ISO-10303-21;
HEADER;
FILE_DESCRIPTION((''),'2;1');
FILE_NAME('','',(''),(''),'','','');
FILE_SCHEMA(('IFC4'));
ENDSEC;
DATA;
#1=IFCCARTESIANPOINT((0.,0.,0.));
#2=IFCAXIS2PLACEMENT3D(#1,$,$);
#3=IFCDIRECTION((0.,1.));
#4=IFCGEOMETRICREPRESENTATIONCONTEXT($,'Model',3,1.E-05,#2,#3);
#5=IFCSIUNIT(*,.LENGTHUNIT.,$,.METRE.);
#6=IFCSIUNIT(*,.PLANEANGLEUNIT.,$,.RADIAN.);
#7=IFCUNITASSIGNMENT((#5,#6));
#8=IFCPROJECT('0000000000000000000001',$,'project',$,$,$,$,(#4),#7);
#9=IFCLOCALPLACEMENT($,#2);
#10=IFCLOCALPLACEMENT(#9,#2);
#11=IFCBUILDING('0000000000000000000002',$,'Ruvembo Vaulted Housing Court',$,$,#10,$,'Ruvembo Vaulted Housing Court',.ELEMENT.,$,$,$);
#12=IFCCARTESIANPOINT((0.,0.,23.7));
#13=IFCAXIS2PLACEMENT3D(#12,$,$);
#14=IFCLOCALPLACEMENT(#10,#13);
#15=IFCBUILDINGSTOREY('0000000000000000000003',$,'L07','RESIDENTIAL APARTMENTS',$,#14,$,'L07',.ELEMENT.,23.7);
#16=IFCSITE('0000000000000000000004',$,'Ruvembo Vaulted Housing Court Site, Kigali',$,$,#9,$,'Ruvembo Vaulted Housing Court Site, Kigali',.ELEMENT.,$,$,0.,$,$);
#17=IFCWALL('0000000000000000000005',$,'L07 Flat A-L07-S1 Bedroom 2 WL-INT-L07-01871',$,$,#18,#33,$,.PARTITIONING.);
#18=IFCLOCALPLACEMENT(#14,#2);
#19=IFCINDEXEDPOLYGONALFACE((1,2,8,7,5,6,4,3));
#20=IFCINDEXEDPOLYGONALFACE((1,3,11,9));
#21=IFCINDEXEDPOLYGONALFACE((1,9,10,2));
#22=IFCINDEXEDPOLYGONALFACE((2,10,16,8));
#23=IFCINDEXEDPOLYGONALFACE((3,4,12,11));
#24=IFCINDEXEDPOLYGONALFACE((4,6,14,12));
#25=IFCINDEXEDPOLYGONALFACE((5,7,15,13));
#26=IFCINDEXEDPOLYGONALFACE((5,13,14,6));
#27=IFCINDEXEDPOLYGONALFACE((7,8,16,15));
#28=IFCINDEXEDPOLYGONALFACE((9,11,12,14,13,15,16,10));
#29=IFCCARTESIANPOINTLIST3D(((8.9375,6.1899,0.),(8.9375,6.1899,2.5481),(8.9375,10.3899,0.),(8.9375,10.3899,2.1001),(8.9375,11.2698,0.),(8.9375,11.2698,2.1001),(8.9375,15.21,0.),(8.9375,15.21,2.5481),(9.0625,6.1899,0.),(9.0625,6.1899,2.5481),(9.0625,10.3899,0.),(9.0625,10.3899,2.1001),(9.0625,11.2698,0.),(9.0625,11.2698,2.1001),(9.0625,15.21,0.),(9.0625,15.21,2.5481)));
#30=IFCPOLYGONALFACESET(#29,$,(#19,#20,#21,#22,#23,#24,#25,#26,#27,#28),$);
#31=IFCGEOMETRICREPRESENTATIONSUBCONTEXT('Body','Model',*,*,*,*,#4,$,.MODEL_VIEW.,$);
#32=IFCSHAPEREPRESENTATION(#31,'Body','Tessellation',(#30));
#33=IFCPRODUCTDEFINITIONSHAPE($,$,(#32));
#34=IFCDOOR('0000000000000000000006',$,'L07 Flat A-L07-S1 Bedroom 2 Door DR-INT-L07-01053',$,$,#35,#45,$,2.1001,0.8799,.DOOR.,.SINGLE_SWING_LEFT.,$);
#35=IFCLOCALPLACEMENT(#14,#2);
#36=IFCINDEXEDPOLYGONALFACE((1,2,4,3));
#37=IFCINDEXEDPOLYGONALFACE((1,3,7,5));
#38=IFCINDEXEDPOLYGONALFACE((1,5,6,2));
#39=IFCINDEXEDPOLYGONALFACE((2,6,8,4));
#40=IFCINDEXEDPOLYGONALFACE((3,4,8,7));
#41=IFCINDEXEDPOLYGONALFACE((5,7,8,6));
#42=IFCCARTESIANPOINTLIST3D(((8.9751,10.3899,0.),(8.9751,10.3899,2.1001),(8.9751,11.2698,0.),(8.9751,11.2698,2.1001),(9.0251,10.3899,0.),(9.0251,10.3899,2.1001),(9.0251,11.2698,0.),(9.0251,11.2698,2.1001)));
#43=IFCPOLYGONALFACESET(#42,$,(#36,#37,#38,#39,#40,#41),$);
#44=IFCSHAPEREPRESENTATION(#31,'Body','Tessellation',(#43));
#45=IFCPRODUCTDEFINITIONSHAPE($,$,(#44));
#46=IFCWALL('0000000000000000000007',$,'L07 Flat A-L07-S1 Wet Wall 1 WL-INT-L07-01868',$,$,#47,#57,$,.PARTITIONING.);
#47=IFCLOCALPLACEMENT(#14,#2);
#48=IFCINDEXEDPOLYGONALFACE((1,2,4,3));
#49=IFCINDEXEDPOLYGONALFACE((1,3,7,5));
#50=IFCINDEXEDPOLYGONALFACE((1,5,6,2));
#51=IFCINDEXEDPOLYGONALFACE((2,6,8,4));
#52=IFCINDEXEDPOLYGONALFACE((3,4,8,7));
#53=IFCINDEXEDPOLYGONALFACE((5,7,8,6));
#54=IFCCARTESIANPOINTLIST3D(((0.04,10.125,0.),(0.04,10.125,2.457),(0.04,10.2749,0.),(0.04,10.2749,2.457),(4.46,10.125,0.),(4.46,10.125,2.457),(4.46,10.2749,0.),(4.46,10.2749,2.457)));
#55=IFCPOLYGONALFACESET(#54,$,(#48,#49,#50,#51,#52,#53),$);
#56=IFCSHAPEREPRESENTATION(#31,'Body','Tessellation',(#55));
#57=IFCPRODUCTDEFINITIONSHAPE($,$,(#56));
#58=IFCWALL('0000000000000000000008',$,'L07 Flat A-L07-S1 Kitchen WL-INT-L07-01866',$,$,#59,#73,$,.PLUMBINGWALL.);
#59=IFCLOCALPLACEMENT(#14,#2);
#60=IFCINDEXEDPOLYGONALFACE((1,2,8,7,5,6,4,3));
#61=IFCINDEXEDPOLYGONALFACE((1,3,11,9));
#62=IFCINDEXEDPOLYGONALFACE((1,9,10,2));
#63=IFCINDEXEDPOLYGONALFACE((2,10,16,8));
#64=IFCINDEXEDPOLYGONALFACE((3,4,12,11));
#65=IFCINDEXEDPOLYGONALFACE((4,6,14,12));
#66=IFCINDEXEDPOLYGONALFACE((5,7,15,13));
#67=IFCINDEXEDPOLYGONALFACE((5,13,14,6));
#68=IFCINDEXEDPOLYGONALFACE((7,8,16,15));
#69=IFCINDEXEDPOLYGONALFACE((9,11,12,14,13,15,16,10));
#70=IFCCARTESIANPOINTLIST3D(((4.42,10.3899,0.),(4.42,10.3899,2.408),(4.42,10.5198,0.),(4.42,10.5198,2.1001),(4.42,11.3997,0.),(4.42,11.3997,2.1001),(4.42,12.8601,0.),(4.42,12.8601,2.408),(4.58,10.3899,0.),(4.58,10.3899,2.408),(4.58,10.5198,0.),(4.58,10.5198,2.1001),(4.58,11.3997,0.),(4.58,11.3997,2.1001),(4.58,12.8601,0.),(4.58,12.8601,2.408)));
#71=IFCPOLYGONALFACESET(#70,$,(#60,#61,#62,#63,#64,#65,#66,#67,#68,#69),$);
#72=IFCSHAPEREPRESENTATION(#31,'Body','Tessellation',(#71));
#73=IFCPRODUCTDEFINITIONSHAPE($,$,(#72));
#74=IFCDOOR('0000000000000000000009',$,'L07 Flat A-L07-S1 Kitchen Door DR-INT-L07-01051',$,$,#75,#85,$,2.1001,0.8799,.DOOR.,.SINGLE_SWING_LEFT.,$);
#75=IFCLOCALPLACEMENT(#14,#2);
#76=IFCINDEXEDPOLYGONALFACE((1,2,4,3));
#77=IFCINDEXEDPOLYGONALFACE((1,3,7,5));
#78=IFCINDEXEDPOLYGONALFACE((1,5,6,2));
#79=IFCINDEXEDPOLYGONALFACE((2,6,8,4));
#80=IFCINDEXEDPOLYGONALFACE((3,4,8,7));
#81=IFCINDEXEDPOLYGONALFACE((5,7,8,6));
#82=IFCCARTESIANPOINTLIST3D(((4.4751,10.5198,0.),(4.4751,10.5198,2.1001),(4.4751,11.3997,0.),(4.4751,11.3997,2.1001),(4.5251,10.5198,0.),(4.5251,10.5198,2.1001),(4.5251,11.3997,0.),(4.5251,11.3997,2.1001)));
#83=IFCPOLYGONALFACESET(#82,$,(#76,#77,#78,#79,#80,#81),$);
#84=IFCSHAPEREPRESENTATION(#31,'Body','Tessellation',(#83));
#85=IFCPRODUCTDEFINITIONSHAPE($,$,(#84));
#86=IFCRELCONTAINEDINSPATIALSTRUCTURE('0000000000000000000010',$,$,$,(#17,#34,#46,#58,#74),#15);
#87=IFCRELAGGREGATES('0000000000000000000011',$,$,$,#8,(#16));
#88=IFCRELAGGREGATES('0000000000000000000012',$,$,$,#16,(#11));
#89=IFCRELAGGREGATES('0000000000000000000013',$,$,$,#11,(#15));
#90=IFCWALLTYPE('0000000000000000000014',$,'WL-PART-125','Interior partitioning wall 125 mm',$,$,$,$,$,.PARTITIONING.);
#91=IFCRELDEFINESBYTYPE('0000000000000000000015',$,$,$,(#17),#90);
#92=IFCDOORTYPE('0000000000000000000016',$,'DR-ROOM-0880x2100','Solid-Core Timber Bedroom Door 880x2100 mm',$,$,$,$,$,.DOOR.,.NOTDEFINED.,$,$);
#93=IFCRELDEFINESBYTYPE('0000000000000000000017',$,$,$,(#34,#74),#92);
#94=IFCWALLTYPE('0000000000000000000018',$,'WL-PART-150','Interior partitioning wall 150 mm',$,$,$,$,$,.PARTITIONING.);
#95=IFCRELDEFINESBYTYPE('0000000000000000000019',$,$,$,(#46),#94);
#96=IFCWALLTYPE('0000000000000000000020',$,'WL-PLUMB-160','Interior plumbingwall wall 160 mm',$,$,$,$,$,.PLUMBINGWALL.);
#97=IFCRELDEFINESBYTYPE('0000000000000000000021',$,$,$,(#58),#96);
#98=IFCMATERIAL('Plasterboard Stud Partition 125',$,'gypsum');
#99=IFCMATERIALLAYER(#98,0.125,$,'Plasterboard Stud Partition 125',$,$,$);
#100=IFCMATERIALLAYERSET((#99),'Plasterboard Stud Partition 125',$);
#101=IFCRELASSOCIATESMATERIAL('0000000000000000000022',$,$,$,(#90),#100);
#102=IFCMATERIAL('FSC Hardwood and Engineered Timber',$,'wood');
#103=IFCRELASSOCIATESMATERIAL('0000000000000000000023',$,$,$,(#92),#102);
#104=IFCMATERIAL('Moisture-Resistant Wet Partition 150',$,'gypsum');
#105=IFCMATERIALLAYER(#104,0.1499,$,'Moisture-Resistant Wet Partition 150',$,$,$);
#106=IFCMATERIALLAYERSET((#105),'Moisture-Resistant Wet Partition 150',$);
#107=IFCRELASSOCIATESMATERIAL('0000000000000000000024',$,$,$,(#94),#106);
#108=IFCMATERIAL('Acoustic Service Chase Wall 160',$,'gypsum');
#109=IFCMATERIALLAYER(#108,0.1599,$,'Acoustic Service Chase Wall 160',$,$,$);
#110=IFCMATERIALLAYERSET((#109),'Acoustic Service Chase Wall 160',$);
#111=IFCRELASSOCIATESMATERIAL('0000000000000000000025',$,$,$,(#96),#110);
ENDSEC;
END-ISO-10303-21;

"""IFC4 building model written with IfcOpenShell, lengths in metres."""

from ifc_helpers import new_model, si_unit, direction, frame, frame_2d, origin, place, context, subcontext, project, spatial, rectangle, extrude, material, layer, layer_set, type_object, element, fill, save


model = new_model("IFC4")

# Units and contexts
model_context = context("Model", 3, precision=1e-05, world=origin(), true_north=direction((0.0, 1.0)))
body_context = subcontext(model_context, "Body", "Model", "MODEL_VIEW")
ifc_project = project(units=[si_unit("LENGTHUNIT", "METRE"), si_unit("PLANEANGLEUNIT", "RADIAN")], contexts=[model_context])

# Site, building, storey
site_placement = place(None, origin())
site = spatial("IfcSite", under=ifc_project, at=site_placement, Name="Ruvembo Vaulted Housing Court Site, Kigali", LongName="Ruvembo Vaulted Housing Court Site, Kigali", CompositionType="ELEMENT", RefElevation=0.0)
building_placement = place(site_placement, origin())
building = spatial("IfcBuilding", under=site, at=building_placement, Name="Ruvembo Vaulted Housing Court", LongName="Ruvembo Vaulted Housing Court", CompositionType="ELEMENT")
storey_placement = place(building_placement, frame((0.0, 0.0, 23.7)))
storey = spatial("IfcBuildingStorey", under=building, at=storey_placement, Name="L07", Description="RESIDENTIAL APARTMENTS", LongName="L07", CompositionType="ELEMENT", Elevation=23.7)

# Wall, opening, door
ifc_material_1 = material(Name="Plasterboard Stud Partition 125", Category="gypsum")
ifc_layer_1 = layer(ifc_material_1, 0.125, Name="Plasterboard Stud Partition 125")
ifc_layer_set_1 = layer_set([ifc_layer_1], Name="Plasterboard Stud Partition 125")
wall_type_1 = type_object("IfcWallType", Name="WL-PART-125", Description="Interior partitioning wall 125 mm", PredefinedType="PARTITIONING", material=ifc_layer_set_1)
ifc_material_2 = material(Name="FSC Hardwood and Engineered Timber", Category="wood")
wall_1_placement = place(storey_placement, frame((9.0, 6.1899, 0.0), z_axis=(0.0, 0.0, 1.0), x_axis=(0.0, 1.0, 0.0)))
wall_1 = element("IfcWall", 1, at=wall_1_placement, inside=storey, type_object=wall_type_1, Name="L07 Flat A-L07-S1 Bedroom 2 WL-INT-L07-01871", PredefinedType="PARTITIONING", context=body_context, shape_type="SweptSolid", body=[
    extrude(rectangle(XDim=9.02, YDim=0.125, at=frame_2d((4.51, 0.0))), origin(), (0.0, 0.0, 1.0), 2.5481),
])
opening_1_placement = place(wall_1_placement, frame((4.2, 0.0, 0.0)))
opening_1 = element("IfcOpeningElement", 2, at=opening_1_placement, cuts=wall_1, PredefinedType="OPENING", context=body_context, shape_type="SweptSolid", body=[
    extrude(rectangle(XDim=0.8799, YDim=2.1001, at=frame_2d((0.4399, 1.05))), frame((0.0, 0.0725, 0.0), z_axis=(0.0, -1.0, 0.0), x_axis=(1.0, 0.0, 0.0)), (0.0, 0.0, 1.0), 0.145),
])
door_type_1 = type_object("IfcDoorType", Name="DR-ROOM-0880x2100", Description="Solid-Core Timber Bedroom Door 880x2100 mm", OperationType="NOTDEFINED", PredefinedType="DOOR", material=ifc_material_2)
door_1_placement = place(opening_1_placement, origin())
door_1 = element("IfcDoor", 3, at=door_1_placement, inside=storey, type_object=door_type_1, Name="L07 Flat A-L07-S1 Bedroom 2 Door DR-INT-L07-01053", OperationType="SINGLE_SWING_LEFT", OverallHeight=2.1001, OverallWidth=0.8799, PredefinedType="DOOR", context=body_context, shape_type="SweptSolid", body=[
    extrude(rectangle(XDim=0.8799, YDim=2.1001, at=frame_2d((0.4399, 1.05))), frame((0.0, 0.0249, 0.0), z_axis=(0.0, -1.0, 0.0), x_axis=(1.0, 0.0, 0.0)), (0.0, 0.0, 1.0), 0.05),
])
fill(opening_1, door_1)

# Wall
ifc_material_3 = material(Name="Moisture-Resistant Wet Partition 150", Category="gypsum")
ifc_layer_2 = layer(ifc_material_3, 0.1499, Name="Moisture-Resistant Wet Partition 150")
ifc_layer_set_2 = layer_set([ifc_layer_2], Name="Moisture-Resistant Wet Partition 150")
wall_type_2 = type_object("IfcWallType", Name="WL-PART-150", Description="Interior partitioning wall 150 mm", PredefinedType="PARTITIONING", material=ifc_layer_set_2)
wall_2_placement = place(storey_placement, frame((0.04, 10.2, 0.0), z_axis=(0.0, 0.0, 1.0), x_axis=(1.0, 0.0, 0.0)))
element("IfcWall", 4, at=wall_2_placement, inside=storey, type_object=wall_type_2, Name="L07 Flat A-L07-S1 Wet Wall 1 WL-INT-L07-01868", PredefinedType="PARTITIONING", context=body_context, shape_type="SweptSolid", body=[
    extrude(rectangle(XDim=4.4199, YDim=0.1499, at=frame_2d((2.21, 0.0))), origin(), (0.0, 0.0, 1.0), 2.457),
])

# Wall, opening, door
ifc_material_4 = material(Name="Acoustic Service Chase Wall 160", Category="gypsum")
ifc_layer_3 = layer(ifc_material_4, 0.1599, Name="Acoustic Service Chase Wall 160")
ifc_layer_set_3 = layer_set([ifc_layer_3], Name="Acoustic Service Chase Wall 160")
wall_type_3 = type_object("IfcWallType", Name="WL-PLUMB-160", Description="Interior plumbingwall wall 160 mm", PredefinedType="PLUMBINGWALL", material=ifc_layer_set_3)
wall_3_placement = place(storey_placement, frame((4.5, 10.3899, 0.0), z_axis=(0.0, 0.0, 1.0), x_axis=(0.0, 1.0, 0.0)))
wall_3 = element("IfcWall", 5, at=wall_3_placement, inside=storey, type_object=wall_type_3, Name="L07 Flat A-L07-S1 Kitchen WL-INT-L07-01866", PredefinedType="PLUMBINGWALL", context=body_context, shape_type="SweptSolid", body=[
    extrude(rectangle(XDim=2.4702, YDim=0.1599, at=frame_2d((1.2351, 0.0))), origin(), (0.0, 0.0, 1.0), 2.408),
])
opening_2_placement = place(wall_3_placement, frame((0.1299, 0.0, 0.0)))
opening_2 = element("IfcOpeningElement", 6, at=opening_2_placement, cuts=wall_3, PredefinedType="OPENING", context=body_context, shape_type="SweptSolid", body=[
    extrude(rectangle(XDim=0.8799, YDim=2.1001, at=frame_2d((0.4399, 1.05))), frame((0.0, 0.0898, 0.0), z_axis=(0.0, -1.0, 0.0), x_axis=(1.0, 0.0, 0.0)), (0.0, 0.0, 1.0), 0.1799),
])
door_2_placement = place(opening_2_placement, origin())
door_2 = element("IfcDoor", 7, at=door_2_placement, inside=storey, type_object=door_type_1, Name="L07 Flat A-L07-S1 Kitchen Door DR-INT-L07-01051", OperationType="SINGLE_SWING_LEFT", OverallHeight=2.1001, OverallWidth=0.8799, PredefinedType="DOOR", context=body_context, shape_type="SweptSolid", body=[
    extrude(rectangle(XDim=0.8799, YDim=2.1001, at=frame_2d((0.4399, 1.05))), frame((0.0, 0.0249, 0.0), z_axis=(0.0, -1.0, 0.0), x_axis=(1.0, 0.0, 0.0)), (0.0, 0.0, 1.0), 0.05),
])
fill(opening_2, door_2)

save(model, "model.ifc")
